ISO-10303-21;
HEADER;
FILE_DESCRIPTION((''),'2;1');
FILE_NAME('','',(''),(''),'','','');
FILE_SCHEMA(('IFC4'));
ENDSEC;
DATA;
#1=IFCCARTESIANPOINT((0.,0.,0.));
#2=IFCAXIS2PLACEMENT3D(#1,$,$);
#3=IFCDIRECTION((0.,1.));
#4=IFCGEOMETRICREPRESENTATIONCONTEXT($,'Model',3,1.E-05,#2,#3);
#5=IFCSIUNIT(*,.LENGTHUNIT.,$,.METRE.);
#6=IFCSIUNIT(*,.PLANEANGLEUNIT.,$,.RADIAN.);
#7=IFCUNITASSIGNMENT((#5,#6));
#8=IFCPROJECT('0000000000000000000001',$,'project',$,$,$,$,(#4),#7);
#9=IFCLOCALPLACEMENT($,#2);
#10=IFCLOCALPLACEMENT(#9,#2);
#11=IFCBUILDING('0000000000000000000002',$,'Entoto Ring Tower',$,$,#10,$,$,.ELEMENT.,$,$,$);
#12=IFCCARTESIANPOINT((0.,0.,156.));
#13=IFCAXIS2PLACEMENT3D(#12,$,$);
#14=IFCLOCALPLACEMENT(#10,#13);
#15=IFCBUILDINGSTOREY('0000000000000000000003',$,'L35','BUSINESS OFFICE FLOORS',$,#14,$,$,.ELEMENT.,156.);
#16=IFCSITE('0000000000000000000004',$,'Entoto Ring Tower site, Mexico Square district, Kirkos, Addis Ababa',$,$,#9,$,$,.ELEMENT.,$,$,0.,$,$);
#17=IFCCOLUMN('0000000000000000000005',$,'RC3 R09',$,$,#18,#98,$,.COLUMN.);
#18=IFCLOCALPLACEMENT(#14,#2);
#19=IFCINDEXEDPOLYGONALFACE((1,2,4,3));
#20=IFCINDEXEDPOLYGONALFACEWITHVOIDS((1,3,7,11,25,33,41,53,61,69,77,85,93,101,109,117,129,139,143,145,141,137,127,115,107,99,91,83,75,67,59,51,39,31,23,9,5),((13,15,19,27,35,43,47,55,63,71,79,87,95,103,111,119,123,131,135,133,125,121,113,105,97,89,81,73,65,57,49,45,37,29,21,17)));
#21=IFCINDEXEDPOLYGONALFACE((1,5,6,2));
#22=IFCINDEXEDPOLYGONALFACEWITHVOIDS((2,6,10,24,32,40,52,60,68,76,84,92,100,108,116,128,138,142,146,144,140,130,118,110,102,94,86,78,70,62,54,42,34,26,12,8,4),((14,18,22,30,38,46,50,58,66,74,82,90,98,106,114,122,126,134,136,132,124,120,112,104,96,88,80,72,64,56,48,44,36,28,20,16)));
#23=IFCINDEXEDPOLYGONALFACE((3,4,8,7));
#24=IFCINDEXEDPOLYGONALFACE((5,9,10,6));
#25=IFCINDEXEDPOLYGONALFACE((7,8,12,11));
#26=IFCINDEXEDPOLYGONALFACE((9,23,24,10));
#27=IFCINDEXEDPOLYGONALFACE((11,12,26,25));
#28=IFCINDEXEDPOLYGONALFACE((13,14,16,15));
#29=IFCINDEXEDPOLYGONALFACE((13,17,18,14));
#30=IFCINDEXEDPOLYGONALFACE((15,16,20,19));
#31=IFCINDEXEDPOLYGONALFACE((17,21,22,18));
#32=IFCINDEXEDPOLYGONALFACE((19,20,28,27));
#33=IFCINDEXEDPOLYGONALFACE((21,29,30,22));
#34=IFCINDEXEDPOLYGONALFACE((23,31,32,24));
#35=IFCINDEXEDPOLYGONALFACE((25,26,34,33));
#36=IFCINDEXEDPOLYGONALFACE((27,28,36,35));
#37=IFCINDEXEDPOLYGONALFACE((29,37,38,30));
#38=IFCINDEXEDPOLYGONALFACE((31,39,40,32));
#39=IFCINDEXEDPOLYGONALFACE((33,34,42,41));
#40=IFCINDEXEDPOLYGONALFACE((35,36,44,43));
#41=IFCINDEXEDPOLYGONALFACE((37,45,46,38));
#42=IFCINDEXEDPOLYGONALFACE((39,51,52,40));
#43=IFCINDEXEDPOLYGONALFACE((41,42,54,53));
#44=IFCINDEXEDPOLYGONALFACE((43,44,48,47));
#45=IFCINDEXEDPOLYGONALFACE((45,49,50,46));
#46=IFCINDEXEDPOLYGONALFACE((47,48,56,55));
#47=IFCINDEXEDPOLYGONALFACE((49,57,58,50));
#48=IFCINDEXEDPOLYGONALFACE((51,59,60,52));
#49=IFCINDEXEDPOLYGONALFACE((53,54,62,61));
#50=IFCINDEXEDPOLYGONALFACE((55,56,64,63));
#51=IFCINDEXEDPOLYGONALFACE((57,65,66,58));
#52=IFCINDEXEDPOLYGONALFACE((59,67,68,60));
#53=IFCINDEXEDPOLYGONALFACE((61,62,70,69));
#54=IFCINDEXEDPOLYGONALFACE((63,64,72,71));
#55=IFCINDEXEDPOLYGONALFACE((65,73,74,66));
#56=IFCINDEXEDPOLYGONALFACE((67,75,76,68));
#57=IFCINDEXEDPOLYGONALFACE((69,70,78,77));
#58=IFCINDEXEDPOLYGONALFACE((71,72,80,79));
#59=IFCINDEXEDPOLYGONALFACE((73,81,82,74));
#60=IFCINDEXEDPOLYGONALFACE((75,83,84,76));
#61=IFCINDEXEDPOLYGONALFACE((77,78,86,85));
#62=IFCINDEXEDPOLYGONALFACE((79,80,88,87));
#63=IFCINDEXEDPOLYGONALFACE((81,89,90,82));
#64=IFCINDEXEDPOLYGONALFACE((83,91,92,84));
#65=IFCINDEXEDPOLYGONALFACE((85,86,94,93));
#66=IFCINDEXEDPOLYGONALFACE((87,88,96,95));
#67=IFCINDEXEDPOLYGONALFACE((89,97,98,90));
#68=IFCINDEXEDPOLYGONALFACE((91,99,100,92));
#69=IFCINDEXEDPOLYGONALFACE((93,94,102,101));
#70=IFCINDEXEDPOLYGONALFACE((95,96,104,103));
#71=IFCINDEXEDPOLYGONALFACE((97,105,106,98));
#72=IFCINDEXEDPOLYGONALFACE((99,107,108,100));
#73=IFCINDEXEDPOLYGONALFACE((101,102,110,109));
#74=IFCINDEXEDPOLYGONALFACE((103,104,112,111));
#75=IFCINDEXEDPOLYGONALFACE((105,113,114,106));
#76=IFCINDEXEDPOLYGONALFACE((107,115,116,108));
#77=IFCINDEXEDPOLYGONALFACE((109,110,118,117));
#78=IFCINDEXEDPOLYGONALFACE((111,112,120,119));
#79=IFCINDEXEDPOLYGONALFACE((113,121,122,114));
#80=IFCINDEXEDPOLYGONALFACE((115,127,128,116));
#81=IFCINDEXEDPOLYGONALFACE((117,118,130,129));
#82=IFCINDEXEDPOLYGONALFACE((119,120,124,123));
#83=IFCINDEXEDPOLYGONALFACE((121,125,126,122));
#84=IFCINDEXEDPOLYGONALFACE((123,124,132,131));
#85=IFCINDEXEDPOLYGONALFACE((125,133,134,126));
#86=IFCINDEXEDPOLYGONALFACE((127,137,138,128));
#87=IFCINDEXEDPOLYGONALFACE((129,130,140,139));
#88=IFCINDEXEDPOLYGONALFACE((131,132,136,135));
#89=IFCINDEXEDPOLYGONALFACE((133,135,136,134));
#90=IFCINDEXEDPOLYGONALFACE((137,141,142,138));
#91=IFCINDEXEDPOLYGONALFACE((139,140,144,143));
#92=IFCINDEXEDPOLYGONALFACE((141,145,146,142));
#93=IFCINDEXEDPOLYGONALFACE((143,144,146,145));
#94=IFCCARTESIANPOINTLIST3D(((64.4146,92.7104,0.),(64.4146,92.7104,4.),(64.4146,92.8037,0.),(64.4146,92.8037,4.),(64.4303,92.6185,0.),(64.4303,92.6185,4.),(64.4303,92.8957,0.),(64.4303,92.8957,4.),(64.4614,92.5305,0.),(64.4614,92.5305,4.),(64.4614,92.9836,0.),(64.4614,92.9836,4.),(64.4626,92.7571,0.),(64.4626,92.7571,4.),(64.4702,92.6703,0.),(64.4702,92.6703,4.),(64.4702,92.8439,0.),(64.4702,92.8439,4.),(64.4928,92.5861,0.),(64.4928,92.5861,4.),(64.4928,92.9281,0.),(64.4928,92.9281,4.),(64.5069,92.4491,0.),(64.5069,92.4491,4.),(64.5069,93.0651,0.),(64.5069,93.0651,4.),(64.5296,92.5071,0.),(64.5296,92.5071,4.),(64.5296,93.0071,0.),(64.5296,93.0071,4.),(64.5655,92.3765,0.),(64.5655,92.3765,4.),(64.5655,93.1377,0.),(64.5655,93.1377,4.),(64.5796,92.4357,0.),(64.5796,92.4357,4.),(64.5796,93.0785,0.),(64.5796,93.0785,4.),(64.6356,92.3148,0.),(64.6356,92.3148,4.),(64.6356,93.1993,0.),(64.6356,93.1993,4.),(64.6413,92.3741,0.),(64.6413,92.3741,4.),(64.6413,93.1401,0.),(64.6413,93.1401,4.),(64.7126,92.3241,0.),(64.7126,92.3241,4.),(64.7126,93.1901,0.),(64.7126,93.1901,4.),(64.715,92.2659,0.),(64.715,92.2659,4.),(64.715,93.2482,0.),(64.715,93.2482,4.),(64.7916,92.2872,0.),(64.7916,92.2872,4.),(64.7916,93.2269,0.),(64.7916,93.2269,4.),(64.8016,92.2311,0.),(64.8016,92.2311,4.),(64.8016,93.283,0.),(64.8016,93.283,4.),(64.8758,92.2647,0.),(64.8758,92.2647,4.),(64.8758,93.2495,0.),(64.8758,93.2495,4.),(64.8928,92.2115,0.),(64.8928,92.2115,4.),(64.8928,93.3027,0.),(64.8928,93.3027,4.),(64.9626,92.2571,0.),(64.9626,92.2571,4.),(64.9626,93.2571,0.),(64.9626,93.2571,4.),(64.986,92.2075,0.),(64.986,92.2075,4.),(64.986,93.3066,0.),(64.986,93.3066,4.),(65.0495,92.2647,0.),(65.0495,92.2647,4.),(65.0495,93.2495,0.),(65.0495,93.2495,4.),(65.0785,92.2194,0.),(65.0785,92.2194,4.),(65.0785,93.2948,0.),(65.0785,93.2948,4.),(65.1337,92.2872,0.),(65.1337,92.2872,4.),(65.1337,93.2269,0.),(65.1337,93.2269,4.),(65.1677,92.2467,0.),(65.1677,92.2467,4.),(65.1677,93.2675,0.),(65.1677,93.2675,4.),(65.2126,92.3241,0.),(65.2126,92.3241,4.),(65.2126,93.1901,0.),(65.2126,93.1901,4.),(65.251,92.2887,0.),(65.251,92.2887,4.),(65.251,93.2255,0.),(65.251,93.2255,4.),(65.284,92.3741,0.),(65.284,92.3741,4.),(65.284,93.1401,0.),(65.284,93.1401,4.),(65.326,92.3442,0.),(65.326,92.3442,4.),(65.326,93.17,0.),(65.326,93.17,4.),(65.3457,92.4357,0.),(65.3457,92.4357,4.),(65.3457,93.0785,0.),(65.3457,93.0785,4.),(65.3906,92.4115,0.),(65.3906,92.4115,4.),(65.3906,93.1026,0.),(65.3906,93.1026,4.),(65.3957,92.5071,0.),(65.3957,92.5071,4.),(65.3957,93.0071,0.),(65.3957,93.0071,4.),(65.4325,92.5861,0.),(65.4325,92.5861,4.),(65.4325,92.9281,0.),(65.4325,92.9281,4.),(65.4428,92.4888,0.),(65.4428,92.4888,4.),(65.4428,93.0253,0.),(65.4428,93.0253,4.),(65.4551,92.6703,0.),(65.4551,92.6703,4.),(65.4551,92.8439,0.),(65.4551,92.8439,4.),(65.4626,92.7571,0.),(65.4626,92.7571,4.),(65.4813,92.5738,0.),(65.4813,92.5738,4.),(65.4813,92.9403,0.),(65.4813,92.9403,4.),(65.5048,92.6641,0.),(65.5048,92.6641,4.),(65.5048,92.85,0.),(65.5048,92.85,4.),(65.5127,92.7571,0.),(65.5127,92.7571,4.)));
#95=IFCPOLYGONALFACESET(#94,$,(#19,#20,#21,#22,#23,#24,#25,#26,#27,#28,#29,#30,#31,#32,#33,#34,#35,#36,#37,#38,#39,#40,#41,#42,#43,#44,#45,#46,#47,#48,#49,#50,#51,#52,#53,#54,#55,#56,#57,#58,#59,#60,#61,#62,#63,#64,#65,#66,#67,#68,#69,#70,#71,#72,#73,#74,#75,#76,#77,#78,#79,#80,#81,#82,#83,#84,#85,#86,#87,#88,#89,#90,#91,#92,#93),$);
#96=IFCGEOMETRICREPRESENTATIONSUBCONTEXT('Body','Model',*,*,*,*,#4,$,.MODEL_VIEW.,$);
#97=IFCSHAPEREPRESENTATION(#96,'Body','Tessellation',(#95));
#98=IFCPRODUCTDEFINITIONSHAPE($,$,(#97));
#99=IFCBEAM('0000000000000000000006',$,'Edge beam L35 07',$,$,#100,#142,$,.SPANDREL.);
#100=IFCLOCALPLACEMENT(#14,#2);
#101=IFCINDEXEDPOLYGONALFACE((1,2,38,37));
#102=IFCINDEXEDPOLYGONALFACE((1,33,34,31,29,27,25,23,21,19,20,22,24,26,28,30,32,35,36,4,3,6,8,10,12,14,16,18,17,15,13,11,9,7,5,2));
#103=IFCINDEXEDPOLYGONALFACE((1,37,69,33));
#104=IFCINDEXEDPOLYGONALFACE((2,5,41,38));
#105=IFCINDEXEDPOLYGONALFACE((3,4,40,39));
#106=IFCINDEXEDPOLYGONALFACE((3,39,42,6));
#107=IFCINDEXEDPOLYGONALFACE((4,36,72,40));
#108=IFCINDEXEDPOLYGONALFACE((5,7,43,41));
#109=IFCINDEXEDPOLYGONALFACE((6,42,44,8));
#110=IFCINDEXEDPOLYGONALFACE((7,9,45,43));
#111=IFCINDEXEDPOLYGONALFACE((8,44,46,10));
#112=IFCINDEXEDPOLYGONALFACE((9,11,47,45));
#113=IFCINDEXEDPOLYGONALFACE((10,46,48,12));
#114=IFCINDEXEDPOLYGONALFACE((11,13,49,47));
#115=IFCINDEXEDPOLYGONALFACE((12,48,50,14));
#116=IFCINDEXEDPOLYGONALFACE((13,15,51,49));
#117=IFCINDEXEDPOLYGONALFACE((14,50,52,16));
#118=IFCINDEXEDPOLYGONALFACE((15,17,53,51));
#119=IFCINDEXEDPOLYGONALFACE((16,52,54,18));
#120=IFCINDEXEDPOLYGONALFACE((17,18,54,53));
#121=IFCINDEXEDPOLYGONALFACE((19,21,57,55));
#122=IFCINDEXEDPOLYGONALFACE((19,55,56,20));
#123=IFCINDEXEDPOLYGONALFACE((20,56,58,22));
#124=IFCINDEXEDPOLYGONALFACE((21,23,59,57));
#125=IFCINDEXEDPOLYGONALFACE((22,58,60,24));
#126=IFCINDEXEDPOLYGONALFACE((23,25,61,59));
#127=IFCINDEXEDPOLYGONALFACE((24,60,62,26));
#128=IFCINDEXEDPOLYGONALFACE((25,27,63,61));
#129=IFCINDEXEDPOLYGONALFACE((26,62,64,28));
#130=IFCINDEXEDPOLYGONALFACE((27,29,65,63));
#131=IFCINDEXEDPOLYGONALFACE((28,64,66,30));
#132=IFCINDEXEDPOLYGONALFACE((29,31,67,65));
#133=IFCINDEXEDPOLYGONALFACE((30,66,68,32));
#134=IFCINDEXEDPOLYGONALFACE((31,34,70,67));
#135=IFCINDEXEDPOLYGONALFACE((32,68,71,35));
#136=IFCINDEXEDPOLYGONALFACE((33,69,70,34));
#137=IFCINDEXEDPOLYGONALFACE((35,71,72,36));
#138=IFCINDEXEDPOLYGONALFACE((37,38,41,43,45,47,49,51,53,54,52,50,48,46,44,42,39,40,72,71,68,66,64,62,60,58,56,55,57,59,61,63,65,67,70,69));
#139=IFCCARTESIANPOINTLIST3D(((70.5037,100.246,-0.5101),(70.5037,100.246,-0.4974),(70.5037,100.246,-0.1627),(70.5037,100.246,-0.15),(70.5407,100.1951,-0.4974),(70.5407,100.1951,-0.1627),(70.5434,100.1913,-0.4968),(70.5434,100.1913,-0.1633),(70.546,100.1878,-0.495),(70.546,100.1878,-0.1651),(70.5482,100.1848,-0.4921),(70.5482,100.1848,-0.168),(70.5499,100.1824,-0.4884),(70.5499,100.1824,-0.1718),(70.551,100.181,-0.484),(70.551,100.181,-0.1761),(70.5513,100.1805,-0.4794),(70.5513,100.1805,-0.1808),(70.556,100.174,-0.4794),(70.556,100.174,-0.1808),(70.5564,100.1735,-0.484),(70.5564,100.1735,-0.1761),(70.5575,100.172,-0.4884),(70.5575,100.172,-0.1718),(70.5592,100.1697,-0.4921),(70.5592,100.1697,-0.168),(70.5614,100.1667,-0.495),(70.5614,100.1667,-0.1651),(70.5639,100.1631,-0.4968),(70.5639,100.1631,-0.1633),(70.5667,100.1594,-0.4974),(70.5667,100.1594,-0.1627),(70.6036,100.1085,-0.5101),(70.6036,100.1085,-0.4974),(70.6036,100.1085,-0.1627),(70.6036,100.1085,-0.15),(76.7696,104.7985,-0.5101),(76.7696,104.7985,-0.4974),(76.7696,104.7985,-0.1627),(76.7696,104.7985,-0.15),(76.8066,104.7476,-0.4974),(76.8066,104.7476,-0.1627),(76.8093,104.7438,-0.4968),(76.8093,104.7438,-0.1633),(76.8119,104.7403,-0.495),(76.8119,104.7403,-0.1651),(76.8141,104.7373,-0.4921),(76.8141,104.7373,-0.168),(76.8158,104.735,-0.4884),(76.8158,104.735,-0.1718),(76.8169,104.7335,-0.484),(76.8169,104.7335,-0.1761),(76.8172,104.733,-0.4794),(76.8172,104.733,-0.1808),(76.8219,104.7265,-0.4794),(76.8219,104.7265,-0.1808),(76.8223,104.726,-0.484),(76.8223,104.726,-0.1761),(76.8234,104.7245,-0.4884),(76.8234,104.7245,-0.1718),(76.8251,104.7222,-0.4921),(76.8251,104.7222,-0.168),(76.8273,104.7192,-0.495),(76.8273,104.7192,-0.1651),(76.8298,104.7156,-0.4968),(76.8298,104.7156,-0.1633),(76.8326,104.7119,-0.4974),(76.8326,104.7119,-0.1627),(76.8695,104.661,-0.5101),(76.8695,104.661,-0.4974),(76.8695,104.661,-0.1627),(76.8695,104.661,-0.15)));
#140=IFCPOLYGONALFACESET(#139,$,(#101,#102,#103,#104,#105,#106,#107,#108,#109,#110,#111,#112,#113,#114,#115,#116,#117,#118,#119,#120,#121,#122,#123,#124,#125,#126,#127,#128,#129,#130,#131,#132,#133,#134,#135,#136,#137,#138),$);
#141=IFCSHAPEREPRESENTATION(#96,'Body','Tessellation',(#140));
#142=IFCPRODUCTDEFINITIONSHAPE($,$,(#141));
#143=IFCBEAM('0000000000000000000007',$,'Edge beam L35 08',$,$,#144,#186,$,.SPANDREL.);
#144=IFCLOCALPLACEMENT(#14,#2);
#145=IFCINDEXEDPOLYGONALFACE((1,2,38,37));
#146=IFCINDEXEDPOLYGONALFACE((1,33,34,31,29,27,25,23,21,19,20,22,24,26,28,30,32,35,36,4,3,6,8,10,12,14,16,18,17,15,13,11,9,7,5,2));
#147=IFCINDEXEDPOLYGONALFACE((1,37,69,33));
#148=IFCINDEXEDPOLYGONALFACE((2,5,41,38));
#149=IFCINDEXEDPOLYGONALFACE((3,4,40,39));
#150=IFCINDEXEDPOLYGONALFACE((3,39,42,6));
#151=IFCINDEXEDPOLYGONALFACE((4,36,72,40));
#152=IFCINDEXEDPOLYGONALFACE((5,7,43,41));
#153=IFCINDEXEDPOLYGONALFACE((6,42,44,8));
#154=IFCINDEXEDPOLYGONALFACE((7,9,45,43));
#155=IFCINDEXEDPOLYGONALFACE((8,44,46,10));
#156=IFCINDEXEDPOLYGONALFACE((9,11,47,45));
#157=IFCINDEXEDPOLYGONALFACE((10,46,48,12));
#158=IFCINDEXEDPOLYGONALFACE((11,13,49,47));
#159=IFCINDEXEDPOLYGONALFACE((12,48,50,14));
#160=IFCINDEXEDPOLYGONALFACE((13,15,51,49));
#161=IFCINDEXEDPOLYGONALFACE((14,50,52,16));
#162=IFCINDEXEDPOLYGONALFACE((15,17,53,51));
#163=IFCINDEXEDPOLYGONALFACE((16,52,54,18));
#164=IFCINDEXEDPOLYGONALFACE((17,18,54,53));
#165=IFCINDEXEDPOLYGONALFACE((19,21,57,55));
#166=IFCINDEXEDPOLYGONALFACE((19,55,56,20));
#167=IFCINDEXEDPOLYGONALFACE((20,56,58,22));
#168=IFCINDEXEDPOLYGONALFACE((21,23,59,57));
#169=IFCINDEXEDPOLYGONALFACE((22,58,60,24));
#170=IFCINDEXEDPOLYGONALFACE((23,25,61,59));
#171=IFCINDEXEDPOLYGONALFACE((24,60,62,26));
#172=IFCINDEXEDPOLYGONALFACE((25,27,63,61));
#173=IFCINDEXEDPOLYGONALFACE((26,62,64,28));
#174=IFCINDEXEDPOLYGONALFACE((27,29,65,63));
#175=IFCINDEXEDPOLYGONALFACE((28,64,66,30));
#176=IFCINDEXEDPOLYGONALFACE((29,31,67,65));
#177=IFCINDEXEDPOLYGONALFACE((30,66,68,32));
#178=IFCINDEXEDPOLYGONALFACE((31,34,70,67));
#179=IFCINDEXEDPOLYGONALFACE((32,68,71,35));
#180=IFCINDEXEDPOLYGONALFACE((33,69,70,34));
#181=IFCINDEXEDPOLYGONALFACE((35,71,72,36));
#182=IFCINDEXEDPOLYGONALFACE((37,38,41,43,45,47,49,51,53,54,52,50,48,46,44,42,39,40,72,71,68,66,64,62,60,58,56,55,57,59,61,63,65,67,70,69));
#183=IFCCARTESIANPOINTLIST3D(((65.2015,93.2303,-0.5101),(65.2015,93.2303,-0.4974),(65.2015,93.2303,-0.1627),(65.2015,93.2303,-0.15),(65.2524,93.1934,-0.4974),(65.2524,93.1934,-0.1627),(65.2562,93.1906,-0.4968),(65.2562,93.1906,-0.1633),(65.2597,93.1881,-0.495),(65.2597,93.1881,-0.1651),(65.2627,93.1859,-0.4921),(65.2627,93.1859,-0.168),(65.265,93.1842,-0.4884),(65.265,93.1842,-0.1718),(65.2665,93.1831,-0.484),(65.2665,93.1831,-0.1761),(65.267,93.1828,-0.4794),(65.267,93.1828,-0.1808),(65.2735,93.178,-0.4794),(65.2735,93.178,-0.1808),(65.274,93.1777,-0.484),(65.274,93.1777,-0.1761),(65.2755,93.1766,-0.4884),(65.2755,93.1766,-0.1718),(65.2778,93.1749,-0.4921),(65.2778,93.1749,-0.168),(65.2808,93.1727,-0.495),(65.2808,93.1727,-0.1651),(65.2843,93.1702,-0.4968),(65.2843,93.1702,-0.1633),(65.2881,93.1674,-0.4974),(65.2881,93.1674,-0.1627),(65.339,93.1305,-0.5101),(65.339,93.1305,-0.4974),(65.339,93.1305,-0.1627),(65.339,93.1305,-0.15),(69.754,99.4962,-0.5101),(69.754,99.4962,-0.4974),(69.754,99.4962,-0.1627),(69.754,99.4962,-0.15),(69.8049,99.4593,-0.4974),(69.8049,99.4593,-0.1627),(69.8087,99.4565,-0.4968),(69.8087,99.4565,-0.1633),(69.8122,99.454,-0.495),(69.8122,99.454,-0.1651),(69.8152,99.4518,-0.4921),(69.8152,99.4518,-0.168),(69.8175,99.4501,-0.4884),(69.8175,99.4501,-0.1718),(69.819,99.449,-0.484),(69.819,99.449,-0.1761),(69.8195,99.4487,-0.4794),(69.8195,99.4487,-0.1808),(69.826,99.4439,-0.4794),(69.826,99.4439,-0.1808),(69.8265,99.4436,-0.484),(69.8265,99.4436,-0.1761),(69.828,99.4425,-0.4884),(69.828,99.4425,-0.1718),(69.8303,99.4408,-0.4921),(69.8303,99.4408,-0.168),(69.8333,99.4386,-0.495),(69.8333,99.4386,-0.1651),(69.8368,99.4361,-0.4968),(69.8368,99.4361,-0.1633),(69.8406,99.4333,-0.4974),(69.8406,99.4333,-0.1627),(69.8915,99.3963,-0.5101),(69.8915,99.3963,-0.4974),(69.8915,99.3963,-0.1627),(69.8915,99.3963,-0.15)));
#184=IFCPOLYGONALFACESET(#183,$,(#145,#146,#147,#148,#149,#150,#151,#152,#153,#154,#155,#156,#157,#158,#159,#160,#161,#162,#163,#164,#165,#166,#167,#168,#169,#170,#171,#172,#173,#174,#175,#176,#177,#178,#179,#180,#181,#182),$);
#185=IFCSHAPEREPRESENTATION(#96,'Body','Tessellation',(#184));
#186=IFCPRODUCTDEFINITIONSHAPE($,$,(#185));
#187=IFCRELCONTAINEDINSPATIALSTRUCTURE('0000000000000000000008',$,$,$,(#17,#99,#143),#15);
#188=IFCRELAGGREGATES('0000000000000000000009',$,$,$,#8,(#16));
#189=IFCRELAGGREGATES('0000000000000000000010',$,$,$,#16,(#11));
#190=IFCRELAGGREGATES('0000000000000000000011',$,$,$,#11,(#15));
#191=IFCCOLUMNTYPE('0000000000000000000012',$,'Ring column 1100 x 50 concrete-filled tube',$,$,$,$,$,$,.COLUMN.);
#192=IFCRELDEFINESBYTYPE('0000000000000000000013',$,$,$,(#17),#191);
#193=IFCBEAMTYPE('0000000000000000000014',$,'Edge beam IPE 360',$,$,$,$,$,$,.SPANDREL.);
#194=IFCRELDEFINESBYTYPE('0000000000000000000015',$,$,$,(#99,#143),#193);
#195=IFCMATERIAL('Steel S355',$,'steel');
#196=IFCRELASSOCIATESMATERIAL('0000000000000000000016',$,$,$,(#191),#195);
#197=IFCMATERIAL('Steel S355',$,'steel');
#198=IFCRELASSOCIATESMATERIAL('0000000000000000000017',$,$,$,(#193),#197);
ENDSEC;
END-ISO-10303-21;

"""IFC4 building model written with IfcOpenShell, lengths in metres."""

from ifc_helpers import new_model, si_unit, direction, frame, origin, origin_2d, place, context, subcontext, project, spatial, circle, hollow_circle, i_section, extrude, material, material_profile, profile_set, type_object, element, save


model = new_model("IFC4")

# Units and contexts
model_context = context("Model", 3, precision=1e-05, world=origin(), true_north=direction((0.0, 1.0)))
body_context = subcontext(model_context, "Body", "Model", "MODEL_VIEW")
ifc_project = project(units=[si_unit("LENGTHUNIT", "METRE"), si_unit("PLANEANGLEUNIT", "RADIAN")], contexts=[model_context])

# Site, building, storey
site_placement = place(None, origin())
site = spatial("IfcSite", under=ifc_project, at=site_placement, Name="Entoto Ring Tower site, Mexico Square district, Kirkos, Addis Ababa", CompositionType="ELEMENT", RefElevation=0.0)
building_placement = place(site_placement, origin())
building = spatial("IfcBuilding", under=site, at=building_placement, Name="Entoto Ring Tower", CompositionType="ELEMENT")
storey_placement = place(building_placement, frame((0.0, 0.0, 156.0)))
storey = spatial("IfcBuildingStorey", under=building, at=storey_placement, Name="L35", Description="BUSINESS OFFICE FLOORS", CompositionType="ELEMENT", Elevation=156.0)

# Column
ifc_material_1 = material(Name="Steel S355", Category="steel")
ifc_material_profile_1 = material_profile(ifc_material_1, hollow_circle(Radius=0.55, WallThickness=0.05, at=origin_2d()), Name="CHS 1100 x 50")
ifc_material_2 = material(Name="Concrete C60/75", Category="concrete")
ifc_material_profile_2 = material_profile(ifc_material_2, circle(Radius=0.5, at=origin_2d()), Name="Concrete C60/75 infill")
ifc_profile_set_1 = profile_set([ifc_material_profile_1, ifc_material_profile_2], Name="Steel S355")
column_type = type_object("IfcColumnType", Name="Ring column 1100 x 50 concrete-filled tube", PredefinedType="COLUMN", material=ifc_profile_set_1)
for number, where, z_axis, x_axis, name in (
    (1, (64.9626, 92.7571, 0.0), (0.0, 0.0, 1.0), (1.0, 0.0, 0.0), "RC3 R09"),
):
    element("IfcColumn", number, at=place(storey_placement, frame(where, z_axis=z_axis, x_axis=x_axis)), inside=storey, type_object=column_type, Name=name, PredefinedType="COLUMN", context=body_context, shape_type="SweptSolid", body=[
        extrude(hollow_circle(Radius=0.55, WallThickness=0.05, at=origin_2d()), origin(), (0.0, 0.0, 1.0), 4.0),
    ])

# Beams
ifc_material_3 = material(Name="Steel S355", Category="steel")
ifc_material_profile_3 = material_profile(ifc_material_3, i_section(OverallWidth=0.1699, OverallDepth=0.3601, WebThickness=0.0081, FlangeThickness=0.0127, FilletRadius=0.0181, at=origin_2d()), Name="IPE 360")
ifc_profile_set_2 = profile_set([ifc_material_profile_3], Name="Steel S355")
beam_type_1 = type_object("IfcBeamType", Name="Edge beam IPE 360", PredefinedType="SPANDREL", material=ifc_profile_set_2)
for number, where, z_axis, x_axis, name in (
    (2, (76.8196, 104.7297, -0.3301), (-0.809013, -0.587791, 0.0), (0.587791, -0.809013, 0.0), "Edge beam L35 07"),
    (3, (69.8228, 99.4463, -0.3301), (-0.587791, -0.809013, 0.0), (0.809013, -0.587791, 0.0), "Edge beam L35 08"),
):
    element("IfcBeam", number, at=place(storey_placement, frame(where, z_axis=z_axis, x_axis=x_axis)), inside=storey, type_object=beam_type_1, Name=name, PredefinedType="SPANDREL", context=body_context, shape_type="SweptSolid", body=[
        extrude(i_section(OverallWidth=0.1699, OverallDepth=0.3601, WebThickness=0.0081, FlangeThickness=0.0127, FilletRadius=0.0181, at=origin_2d()), origin(), (0.0, 0.0, 1.0), 7.7451),
    ])

save(model, "model.ifc")
